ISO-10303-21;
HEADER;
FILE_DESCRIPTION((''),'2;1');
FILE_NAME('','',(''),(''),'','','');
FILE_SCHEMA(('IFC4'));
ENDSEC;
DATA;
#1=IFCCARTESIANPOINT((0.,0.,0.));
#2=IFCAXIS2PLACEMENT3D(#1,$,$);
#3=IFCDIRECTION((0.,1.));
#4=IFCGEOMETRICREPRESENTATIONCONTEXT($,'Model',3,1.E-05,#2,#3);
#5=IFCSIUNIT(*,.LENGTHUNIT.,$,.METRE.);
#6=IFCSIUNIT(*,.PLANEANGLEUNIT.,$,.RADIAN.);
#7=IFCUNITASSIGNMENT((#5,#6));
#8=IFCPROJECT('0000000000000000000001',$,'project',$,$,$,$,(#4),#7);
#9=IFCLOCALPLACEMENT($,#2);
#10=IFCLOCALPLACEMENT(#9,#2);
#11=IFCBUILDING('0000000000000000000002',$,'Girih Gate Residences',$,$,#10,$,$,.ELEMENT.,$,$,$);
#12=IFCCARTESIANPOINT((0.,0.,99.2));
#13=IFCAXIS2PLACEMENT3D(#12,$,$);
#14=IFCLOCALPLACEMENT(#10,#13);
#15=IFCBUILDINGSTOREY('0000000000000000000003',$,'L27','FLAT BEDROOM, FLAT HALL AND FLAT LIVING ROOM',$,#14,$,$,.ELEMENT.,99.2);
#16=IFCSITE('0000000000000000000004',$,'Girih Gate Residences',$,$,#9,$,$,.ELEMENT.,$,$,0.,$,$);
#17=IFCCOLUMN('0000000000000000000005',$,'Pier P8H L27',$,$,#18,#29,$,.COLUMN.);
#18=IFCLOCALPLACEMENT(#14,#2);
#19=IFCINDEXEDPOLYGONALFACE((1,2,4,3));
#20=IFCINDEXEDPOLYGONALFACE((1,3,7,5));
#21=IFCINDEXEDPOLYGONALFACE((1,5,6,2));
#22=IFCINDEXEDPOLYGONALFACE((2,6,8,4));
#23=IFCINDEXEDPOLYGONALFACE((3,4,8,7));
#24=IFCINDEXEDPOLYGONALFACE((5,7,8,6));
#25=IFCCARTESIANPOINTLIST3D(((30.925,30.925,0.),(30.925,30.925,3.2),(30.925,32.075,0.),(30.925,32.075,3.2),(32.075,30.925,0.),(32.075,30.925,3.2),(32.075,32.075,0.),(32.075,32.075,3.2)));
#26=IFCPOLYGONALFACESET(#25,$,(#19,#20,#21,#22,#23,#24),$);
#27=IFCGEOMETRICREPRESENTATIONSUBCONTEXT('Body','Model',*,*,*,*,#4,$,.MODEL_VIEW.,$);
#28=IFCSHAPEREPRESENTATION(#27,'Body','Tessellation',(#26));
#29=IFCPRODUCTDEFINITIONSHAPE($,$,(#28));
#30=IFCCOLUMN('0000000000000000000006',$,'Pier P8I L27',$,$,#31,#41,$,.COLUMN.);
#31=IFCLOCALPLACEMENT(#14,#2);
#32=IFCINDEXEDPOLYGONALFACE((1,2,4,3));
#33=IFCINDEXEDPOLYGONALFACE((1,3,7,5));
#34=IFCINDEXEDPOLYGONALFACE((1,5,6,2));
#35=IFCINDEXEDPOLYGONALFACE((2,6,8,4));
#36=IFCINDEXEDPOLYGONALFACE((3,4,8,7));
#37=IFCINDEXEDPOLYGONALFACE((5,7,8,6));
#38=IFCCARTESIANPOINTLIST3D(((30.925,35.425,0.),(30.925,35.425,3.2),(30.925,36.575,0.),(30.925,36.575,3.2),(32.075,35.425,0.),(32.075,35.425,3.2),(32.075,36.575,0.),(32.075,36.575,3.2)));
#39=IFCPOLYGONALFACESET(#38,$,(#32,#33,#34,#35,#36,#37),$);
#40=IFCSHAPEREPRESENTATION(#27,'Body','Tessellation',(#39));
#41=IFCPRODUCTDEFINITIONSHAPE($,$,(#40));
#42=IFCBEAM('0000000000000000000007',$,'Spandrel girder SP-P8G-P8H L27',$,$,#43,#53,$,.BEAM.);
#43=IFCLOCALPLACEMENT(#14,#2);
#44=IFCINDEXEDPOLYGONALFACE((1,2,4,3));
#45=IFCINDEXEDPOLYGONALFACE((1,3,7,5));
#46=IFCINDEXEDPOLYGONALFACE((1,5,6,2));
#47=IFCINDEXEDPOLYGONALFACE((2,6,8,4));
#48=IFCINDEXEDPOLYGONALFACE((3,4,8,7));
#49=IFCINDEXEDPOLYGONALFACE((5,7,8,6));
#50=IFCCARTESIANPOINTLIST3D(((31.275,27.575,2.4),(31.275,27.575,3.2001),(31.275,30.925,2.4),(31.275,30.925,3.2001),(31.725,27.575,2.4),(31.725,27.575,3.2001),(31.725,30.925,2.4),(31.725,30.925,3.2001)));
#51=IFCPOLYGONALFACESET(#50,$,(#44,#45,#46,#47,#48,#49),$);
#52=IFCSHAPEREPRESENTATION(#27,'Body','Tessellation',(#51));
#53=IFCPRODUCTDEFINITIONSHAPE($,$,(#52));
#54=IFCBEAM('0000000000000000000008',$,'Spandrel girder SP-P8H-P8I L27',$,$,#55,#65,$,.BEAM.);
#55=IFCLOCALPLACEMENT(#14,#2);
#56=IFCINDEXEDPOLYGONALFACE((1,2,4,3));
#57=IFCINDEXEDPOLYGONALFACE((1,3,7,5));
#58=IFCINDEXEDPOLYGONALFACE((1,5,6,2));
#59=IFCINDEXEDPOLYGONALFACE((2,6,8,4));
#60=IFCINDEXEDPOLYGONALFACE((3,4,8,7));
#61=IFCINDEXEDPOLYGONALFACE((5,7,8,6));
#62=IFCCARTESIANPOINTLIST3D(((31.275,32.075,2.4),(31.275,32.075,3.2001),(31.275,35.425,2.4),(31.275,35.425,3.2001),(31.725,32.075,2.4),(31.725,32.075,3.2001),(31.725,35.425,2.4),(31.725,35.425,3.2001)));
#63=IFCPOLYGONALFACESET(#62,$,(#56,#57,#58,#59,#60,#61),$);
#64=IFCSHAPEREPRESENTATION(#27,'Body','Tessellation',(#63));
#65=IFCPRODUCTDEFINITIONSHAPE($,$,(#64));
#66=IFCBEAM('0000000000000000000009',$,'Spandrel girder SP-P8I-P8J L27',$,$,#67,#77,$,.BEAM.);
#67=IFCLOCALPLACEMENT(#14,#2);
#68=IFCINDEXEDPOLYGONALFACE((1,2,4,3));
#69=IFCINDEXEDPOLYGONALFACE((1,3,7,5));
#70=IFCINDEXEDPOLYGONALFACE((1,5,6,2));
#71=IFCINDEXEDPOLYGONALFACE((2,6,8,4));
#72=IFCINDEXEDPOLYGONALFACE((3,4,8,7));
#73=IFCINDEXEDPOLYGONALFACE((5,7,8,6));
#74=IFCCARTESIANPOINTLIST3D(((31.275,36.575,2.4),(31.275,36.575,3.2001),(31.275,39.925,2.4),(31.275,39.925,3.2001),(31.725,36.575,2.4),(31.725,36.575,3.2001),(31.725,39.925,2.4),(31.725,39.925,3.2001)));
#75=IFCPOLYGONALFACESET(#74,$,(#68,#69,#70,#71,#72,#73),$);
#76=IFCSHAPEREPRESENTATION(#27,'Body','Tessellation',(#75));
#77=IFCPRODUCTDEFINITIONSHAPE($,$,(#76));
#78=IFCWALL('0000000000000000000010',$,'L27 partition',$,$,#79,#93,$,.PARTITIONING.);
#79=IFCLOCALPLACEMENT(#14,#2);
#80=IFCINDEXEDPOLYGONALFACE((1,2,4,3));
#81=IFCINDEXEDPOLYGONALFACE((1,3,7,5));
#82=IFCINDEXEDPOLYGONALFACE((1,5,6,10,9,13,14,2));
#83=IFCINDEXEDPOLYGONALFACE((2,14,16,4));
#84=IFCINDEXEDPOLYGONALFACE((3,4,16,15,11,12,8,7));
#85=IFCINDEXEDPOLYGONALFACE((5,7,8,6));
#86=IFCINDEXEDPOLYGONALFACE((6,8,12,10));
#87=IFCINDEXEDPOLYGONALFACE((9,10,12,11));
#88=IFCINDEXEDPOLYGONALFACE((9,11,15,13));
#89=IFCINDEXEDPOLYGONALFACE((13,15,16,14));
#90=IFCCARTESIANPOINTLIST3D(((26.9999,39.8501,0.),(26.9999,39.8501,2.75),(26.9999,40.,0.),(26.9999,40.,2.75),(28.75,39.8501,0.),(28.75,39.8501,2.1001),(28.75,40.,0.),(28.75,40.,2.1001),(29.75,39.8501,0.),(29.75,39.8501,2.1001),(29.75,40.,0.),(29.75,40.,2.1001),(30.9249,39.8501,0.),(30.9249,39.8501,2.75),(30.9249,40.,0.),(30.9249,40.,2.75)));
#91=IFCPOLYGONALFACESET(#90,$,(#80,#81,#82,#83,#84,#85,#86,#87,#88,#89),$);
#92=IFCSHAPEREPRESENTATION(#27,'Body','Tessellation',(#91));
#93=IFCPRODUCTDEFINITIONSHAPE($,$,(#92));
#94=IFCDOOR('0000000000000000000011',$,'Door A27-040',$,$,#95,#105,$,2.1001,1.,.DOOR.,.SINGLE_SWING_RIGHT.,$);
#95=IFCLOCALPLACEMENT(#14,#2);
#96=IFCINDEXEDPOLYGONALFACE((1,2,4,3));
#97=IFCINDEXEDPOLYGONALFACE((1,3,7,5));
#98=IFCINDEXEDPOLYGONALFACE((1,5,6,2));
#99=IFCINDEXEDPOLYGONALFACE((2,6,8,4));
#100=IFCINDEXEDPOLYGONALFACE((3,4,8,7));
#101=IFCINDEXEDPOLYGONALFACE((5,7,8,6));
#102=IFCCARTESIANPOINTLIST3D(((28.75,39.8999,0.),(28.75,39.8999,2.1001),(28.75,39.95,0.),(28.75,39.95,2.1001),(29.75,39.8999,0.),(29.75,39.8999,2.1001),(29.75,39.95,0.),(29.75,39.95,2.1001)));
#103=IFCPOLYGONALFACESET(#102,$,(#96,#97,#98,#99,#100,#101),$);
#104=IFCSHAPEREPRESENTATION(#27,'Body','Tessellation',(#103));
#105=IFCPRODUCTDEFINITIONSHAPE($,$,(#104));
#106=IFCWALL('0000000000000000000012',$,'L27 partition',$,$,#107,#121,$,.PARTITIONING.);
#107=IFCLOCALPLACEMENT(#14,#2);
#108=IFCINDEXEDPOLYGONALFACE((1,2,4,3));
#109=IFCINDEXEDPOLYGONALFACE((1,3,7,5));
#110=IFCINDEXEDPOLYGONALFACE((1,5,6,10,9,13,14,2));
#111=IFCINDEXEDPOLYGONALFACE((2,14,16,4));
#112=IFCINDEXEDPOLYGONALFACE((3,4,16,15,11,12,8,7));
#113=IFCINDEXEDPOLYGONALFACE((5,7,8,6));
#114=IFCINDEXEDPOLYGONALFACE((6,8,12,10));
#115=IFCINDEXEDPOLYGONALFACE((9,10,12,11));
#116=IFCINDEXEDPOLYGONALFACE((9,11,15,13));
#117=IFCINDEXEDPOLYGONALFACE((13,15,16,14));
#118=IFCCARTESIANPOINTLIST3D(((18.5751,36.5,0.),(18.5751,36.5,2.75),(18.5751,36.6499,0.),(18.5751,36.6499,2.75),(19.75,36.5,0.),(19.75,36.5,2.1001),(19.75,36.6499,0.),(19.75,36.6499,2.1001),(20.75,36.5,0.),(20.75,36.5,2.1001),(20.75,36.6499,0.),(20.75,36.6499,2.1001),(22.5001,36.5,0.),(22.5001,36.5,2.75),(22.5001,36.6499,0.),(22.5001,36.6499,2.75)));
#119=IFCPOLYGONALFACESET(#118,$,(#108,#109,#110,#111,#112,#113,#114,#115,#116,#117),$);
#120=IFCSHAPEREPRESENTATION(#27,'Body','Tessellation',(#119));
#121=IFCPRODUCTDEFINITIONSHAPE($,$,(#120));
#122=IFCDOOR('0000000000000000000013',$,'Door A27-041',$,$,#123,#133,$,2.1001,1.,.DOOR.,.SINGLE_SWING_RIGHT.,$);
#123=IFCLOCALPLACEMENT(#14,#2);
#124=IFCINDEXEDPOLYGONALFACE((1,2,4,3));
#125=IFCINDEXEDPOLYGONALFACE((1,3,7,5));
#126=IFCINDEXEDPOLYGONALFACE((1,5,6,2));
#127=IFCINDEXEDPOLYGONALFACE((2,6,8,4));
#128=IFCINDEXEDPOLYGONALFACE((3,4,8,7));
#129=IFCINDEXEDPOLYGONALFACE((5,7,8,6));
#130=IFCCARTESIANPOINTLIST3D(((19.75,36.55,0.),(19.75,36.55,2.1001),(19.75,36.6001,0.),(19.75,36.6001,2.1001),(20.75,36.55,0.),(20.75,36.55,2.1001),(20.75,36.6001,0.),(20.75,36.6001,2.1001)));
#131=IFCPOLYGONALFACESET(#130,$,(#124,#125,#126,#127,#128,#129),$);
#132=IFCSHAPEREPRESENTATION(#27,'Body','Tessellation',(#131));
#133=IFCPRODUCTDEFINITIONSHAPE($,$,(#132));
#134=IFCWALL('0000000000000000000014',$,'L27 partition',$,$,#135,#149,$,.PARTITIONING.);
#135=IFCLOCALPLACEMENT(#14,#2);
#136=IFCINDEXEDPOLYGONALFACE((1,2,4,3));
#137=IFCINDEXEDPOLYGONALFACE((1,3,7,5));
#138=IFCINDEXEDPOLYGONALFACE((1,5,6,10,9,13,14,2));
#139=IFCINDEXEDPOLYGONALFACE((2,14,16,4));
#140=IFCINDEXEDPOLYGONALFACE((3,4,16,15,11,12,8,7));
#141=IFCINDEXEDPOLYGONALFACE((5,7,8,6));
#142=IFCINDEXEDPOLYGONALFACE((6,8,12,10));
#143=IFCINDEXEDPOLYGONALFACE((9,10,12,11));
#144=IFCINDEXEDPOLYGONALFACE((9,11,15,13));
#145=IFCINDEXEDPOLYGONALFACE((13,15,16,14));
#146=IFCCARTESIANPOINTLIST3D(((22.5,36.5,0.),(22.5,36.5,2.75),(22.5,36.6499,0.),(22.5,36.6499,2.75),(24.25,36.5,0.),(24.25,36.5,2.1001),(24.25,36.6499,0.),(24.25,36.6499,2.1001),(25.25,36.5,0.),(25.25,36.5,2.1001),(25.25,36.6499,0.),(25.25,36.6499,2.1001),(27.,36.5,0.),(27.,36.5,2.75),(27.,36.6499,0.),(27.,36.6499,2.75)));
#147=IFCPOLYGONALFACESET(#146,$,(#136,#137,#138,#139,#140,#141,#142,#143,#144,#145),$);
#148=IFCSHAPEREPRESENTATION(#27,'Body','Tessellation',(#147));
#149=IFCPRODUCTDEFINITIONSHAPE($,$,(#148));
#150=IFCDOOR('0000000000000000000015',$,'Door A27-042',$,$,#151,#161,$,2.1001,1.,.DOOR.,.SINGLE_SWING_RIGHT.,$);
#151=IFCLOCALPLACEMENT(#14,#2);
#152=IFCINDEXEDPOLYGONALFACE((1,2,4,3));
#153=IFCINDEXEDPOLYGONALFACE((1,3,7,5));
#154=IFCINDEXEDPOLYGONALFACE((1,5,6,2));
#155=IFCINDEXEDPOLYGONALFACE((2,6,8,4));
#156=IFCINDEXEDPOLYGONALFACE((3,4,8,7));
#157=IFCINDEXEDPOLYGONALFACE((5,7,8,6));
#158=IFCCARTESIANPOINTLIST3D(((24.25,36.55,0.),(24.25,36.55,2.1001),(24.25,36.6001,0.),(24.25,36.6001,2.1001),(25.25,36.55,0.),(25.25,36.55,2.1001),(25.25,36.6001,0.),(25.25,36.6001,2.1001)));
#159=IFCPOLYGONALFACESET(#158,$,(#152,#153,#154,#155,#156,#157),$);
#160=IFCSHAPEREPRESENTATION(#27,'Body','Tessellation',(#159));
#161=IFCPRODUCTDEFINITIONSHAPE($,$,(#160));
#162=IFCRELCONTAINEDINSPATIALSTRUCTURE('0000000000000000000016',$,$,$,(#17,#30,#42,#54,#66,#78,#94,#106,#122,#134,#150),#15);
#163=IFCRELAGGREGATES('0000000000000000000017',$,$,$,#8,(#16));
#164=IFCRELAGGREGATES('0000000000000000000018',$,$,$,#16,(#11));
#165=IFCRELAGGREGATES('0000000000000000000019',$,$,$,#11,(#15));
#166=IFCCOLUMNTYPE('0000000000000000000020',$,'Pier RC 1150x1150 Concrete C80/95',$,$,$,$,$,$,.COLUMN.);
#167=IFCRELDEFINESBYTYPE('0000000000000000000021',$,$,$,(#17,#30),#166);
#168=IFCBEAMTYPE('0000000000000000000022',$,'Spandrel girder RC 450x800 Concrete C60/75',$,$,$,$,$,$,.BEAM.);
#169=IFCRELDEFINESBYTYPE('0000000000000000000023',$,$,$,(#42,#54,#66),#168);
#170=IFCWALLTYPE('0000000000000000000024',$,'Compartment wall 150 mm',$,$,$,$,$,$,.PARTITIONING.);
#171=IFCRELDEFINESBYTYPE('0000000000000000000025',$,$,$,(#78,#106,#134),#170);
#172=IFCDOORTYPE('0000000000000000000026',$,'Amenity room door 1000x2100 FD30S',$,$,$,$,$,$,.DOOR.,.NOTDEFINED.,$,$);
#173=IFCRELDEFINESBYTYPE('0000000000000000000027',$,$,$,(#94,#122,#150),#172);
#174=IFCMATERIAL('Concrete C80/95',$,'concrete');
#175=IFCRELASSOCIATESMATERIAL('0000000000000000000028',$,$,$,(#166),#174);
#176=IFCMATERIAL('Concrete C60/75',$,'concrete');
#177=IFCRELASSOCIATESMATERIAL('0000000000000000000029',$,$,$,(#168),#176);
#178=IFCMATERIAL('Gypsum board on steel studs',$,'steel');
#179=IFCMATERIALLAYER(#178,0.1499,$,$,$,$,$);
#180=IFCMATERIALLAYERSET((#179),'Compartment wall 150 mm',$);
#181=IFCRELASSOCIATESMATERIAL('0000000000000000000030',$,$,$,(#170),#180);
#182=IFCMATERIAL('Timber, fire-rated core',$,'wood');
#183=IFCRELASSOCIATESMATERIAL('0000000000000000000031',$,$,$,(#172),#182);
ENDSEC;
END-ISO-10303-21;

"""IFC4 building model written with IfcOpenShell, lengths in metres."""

from ifc_helpers import new_model, si_unit, direction, frame, frame_2d, origin, origin_2d, place, context, subcontext, project, spatial, rectangle, extrude, material, layer, layer_set, material_profile, profile_set, type_object, element, fill, save


model = new_model("IFC4")

# Units and contexts
model_context = context("Model", 3, precision=1e-05, world=origin(), true_north=direction((0.0, 1.0)))
body_context = subcontext(model_context, "Body", "Model", "MODEL_VIEW")
ifc_project = project(units=[si_unit("LENGTHUNIT", "METRE"), si_unit("PLANEANGLEUNIT", "RADIAN")], contexts=[model_context])

# Site, building, storey
site_placement = place(None, origin())
site = spatial("IfcSite", under=ifc_project, at=site_placement, Name="Girih Gate Residences", CompositionType="ELEMENT", RefElevation=0.0)
building_placement = place(site_placement, origin())
building = spatial("IfcBuilding", under=site, at=building_placement, Name="Girih Gate Residences", CompositionType="ELEMENT")
storey_placement = place(building_placement, frame((0.0, 0.0, 99.2)))
storey = spatial("IfcBuildingStorey", under=building, at=storey_placement, Name="L27", Description="FLAT BEDROOM, FLAT HALL AND FLAT LIVING ROOM", CompositionType="ELEMENT", Elevation=99.2)

# Columns
ifc_material_1 = material(Name="Concrete C80/95", Category="concrete")
ifc_material_profile_1 = material_profile(ifc_material_1, rectangle(XDim=1.1499, YDim=1.1499, at=origin_2d()))
ifc_profile_set_1 = profile_set([ifc_material_profile_1], Name="Concrete C80/95")
column_type = type_object("IfcColumnType", Name="Pier RC 1150x1150 Concrete C80/95", PredefinedType="COLUMN", material=ifc_profile_set_1)
for number, where, z_axis, x_axis, name in (
    (1, (31.5, 31.5, 0.0), (0.0, 0.0, 1.0), (1.0, 0.0, 0.0), "Pier P8H L27"),
    (2, (31.5, 36.0, 0.0), (0.0, 0.0, 1.0), (1.0, 0.0, 0.0), "Pier P8I L27"),
):
    element("IfcColumn", number, at=place(storey_placement, frame(where, z_axis=z_axis, x_axis=x_axis)), inside=storey, type_object=column_type, Name=name, PredefinedType="COLUMN", context=body_context, shape_type="SweptSolid", body=[
        extrude(rectangle(XDim=1.1499, YDim=1.1499, at=origin_2d()), origin(), (0.0, 0.0, 1.0), 3.2),
    ])

# Beams
ifc_material_2 = material(Name="Concrete C60/75", Category="concrete")
ifc_material_profile_2 = material_profile(ifc_material_2, rectangle(XDim=0.45, YDim=0.8, at=origin_2d()))
ifc_profile_set_2 = profile_set([ifc_material_profile_2], Name="Concrete C60/75")
beam_type = type_object("IfcBeamType", Name="Spandrel girder RC 450x800 Concrete C60/75", PredefinedType="BEAM", material=ifc_profile_set_2)
for number, where, z_axis, x_axis, name in (
    (3, (31.5, 27.575, 2.8), (0.0, 1.0, 0.0), (-1.0, 0.0, 0.0), "Spandrel girder SP-P8G-P8H L27"),
    (4, (31.5, 32.075, 2.8), (0.0, 1.0, 0.0), (-1.0, 0.0, 0.0), "Spandrel girder SP-P8H-P8I L27"),
    (5, (31.5, 36.575, 2.8), (0.0, 1.0, 0.0), (-1.0, 0.0, 0.0), "Spandrel girder SP-P8I-P8J L27"),
):
    element("IfcBeam", number, at=place(storey_placement, frame(where, z_axis=z_axis, x_axis=x_axis)), inside=storey, type_object=beam_type, Name=name, PredefinedType="BEAM", context=body_context, shape_type="SweptSolid", body=[
        extrude(rectangle(XDim=0.45, YDim=0.8, at=origin_2d()), origin(), (0.0, 0.0, 1.0), 3.3501),
    ])

# Walls, openings, doors
ifc_material_3 = material(Name="Gypsum board on steel studs", Category="steel")
ifc_layer_1 = layer(ifc_material_3, 0.1499)
ifc_layer_set_1 = layer_set([ifc_layer_1], Name="Compartment wall 150 mm")
wall_type_1 = type_object("IfcWallType", Name="Compartment wall 150 mm", PredefinedType="PARTITIONING", material=ifc_layer_set_1)
wall_1_placement = place(storey_placement, frame((27.0, 39.925, 0.0), z_axis=(0.0, 0.0, 1.0), x_axis=(1.0, 0.0, 0.0)))
wall_1 = element("IfcWall", 6, at=wall_1_placement, inside=storey, type_object=wall_type_1, Name="L27 partition", PredefinedType="PARTITIONING", context=body_context, shape_type="SweptSolid", body=[
    extrude(rectangle(XDim=3.925, YDim=0.1499, at=frame_2d((1.9624, 0.0))), origin(), (0.0, 0.0, 1.0), 2.75),
])
opening_1_placement = place(wall_1_placement, frame((1.75, 0.0, 0.0)))
opening_1 = element("IfcOpeningElement", 7, at=opening_1_placement, cuts=wall_1, PredefinedType="OPENING", context=body_context, shape_type="SweptSolid", body=[
    extrude(rectangle(XDim=1.0, YDim=2.1001, at=frame_2d((0.5, 1.05))), frame((0.0, 0.085, 0.0), z_axis=(0.0, -1.0, 0.0), x_axis=(1.0, 0.0, 0.0)), (0.0, 0.0, 1.0), 0.1699),
])
ifc_material_4 = material(Name="Timber, fire-rated core", Category="wood")
door_type = type_object("IfcDoorType", Name="Amenity room door 1000x2100 FD30S", OperationType="NOTDEFINED", PredefinedType="DOOR", material=ifc_material_4)
door_1_placement = place(opening_1_placement, origin())
door_1 = element("IfcDoor", 8, at=door_1_placement, inside=storey, type_object=door_type, Name="Door A27-040", OperationType="SINGLE_SWING_RIGHT", OverallHeight=2.1001, OverallWidth=1.0, PredefinedType="DOOR", context=body_context, shape_type="SweptSolid", body=[
    extrude(rectangle(XDim=1.0, YDim=2.1001, at=frame_2d((0.5, 1.05))), frame((0.0, 0.0249, 0.0), z_axis=(0.0, -1.0, 0.0), x_axis=(1.0, 0.0, 0.0)), (0.0, 0.0, 1.0), 0.05),
])
fill(opening_1, door_1)
wall_2_placement = place(storey_placement, frame((22.5, 36.575, 0.0), z_axis=(0.0, 0.0, 1.0), x_axis=(-1.0, 0.0, 0.0)))
wall_2 = element("IfcWall", 9, at=wall_2_placement, inside=storey, type_object=wall_type_1, Name="L27 partition", PredefinedType="PARTITIONING", context=body_context, shape_type="SweptSolid", body=[
    extrude(rectangle(XDim=3.925, YDim=0.1499, at=frame_2d((1.9624, 0.0))), origin(), (0.0, 0.0, 1.0), 2.75),
])
opening_2_placement = place(wall_2_placement, frame((1.75, 0.0, 0.0)))
opening_2 = element("IfcOpeningElement", 10, at=opening_2_placement, cuts=wall_2, PredefinedType="OPENING", context=body_context, shape_type="SweptSolid", body=[
    extrude(rectangle(XDim=1.0, YDim=2.1001, at=frame_2d((0.5, 1.05))), frame((0.0, 0.085, 0.0), z_axis=(0.0, -1.0, 0.0), x_axis=(1.0, 0.0, 0.0)), (0.0, 0.0, 1.0), 0.1699),
])
door_2_placement = place(opening_2_placement, origin())
door_2 = element("IfcDoor", 11, at=door_2_placement, inside=storey, type_object=door_type, Name="Door A27-041", OperationType="SINGLE_SWING_RIGHT", OverallHeight=2.1001, OverallWidth=1.0, PredefinedType="DOOR", context=body_context, shape_type="SweptSolid", body=[
    extrude(rectangle(XDim=1.0, YDim=2.1001, at=frame_2d((0.5, 1.05))), frame((0.0, 0.0249, 0.0), z_axis=(0.0, -1.0, 0.0), x_axis=(1.0, 0.0, 0.0)), (0.0, 0.0, 1.0), 0.05),
])
fill(opening_2, door_2)
wall_3_placement = place(storey_placement, frame((27.0, 36.575, 0.0), z_axis=(0.0, 0.0, 1.0), x_axis=(-1.0, 0.0, 0.0)))
wall_3 = element("IfcWall", 12, at=wall_3_placement, inside=storey, type_object=wall_type_1, Name="L27 partition", PredefinedType="PARTITIONING", context=body_context, shape_type="SweptSolid", body=[
    extrude(rectangle(XDim=4.5, YDim=0.1499, at=frame_2d((2.25, 0.0))), origin(), (0.0, 0.0, 1.0), 2.75),
])
opening_3_placement = place(wall_3_placement, frame((1.75, 0.0, 0.0)))
opening_3 = element("IfcOpeningElement", 13, at=opening_3_placement, cuts=wall_3, PredefinedType="OPENING", context=body_context, shape_type="SweptSolid", body=[
    extrude(rectangle(XDim=1.0, YDim=2.1001, at=frame_2d((0.5, 1.05))), frame((0.0, 0.085, 0.0), z_axis=(0.0, -1.0, 0.0), x_axis=(1.0, 0.0, 0.0)), (0.0, 0.0, 1.0), 0.1699),
])
door_3_placement = place(opening_3_placement, origin())
door_3 = element("IfcDoor", 14, at=door_3_placement, inside=storey, type_object=door_type, Name="Door A27-042", OperationType="SINGLE_SWING_RIGHT", OverallHeight=2.1001, OverallWidth=1.0, PredefinedType="DOOR", context=body_context, shape_type="SweptSolid", body=[
    extrude(rectangle(XDim=1.0, YDim=2.1001, at=frame_2d((0.5, 1.05))), frame((0.0, 0.0249, 0.0), z_axis=(0.0, -1.0, 0.0), x_axis=(1.0, 0.0, 0.0)), (0.0, 0.0, 1.0), 0.05),
])
fill(opening_3, door_3)

save(model, "model.ifc")
